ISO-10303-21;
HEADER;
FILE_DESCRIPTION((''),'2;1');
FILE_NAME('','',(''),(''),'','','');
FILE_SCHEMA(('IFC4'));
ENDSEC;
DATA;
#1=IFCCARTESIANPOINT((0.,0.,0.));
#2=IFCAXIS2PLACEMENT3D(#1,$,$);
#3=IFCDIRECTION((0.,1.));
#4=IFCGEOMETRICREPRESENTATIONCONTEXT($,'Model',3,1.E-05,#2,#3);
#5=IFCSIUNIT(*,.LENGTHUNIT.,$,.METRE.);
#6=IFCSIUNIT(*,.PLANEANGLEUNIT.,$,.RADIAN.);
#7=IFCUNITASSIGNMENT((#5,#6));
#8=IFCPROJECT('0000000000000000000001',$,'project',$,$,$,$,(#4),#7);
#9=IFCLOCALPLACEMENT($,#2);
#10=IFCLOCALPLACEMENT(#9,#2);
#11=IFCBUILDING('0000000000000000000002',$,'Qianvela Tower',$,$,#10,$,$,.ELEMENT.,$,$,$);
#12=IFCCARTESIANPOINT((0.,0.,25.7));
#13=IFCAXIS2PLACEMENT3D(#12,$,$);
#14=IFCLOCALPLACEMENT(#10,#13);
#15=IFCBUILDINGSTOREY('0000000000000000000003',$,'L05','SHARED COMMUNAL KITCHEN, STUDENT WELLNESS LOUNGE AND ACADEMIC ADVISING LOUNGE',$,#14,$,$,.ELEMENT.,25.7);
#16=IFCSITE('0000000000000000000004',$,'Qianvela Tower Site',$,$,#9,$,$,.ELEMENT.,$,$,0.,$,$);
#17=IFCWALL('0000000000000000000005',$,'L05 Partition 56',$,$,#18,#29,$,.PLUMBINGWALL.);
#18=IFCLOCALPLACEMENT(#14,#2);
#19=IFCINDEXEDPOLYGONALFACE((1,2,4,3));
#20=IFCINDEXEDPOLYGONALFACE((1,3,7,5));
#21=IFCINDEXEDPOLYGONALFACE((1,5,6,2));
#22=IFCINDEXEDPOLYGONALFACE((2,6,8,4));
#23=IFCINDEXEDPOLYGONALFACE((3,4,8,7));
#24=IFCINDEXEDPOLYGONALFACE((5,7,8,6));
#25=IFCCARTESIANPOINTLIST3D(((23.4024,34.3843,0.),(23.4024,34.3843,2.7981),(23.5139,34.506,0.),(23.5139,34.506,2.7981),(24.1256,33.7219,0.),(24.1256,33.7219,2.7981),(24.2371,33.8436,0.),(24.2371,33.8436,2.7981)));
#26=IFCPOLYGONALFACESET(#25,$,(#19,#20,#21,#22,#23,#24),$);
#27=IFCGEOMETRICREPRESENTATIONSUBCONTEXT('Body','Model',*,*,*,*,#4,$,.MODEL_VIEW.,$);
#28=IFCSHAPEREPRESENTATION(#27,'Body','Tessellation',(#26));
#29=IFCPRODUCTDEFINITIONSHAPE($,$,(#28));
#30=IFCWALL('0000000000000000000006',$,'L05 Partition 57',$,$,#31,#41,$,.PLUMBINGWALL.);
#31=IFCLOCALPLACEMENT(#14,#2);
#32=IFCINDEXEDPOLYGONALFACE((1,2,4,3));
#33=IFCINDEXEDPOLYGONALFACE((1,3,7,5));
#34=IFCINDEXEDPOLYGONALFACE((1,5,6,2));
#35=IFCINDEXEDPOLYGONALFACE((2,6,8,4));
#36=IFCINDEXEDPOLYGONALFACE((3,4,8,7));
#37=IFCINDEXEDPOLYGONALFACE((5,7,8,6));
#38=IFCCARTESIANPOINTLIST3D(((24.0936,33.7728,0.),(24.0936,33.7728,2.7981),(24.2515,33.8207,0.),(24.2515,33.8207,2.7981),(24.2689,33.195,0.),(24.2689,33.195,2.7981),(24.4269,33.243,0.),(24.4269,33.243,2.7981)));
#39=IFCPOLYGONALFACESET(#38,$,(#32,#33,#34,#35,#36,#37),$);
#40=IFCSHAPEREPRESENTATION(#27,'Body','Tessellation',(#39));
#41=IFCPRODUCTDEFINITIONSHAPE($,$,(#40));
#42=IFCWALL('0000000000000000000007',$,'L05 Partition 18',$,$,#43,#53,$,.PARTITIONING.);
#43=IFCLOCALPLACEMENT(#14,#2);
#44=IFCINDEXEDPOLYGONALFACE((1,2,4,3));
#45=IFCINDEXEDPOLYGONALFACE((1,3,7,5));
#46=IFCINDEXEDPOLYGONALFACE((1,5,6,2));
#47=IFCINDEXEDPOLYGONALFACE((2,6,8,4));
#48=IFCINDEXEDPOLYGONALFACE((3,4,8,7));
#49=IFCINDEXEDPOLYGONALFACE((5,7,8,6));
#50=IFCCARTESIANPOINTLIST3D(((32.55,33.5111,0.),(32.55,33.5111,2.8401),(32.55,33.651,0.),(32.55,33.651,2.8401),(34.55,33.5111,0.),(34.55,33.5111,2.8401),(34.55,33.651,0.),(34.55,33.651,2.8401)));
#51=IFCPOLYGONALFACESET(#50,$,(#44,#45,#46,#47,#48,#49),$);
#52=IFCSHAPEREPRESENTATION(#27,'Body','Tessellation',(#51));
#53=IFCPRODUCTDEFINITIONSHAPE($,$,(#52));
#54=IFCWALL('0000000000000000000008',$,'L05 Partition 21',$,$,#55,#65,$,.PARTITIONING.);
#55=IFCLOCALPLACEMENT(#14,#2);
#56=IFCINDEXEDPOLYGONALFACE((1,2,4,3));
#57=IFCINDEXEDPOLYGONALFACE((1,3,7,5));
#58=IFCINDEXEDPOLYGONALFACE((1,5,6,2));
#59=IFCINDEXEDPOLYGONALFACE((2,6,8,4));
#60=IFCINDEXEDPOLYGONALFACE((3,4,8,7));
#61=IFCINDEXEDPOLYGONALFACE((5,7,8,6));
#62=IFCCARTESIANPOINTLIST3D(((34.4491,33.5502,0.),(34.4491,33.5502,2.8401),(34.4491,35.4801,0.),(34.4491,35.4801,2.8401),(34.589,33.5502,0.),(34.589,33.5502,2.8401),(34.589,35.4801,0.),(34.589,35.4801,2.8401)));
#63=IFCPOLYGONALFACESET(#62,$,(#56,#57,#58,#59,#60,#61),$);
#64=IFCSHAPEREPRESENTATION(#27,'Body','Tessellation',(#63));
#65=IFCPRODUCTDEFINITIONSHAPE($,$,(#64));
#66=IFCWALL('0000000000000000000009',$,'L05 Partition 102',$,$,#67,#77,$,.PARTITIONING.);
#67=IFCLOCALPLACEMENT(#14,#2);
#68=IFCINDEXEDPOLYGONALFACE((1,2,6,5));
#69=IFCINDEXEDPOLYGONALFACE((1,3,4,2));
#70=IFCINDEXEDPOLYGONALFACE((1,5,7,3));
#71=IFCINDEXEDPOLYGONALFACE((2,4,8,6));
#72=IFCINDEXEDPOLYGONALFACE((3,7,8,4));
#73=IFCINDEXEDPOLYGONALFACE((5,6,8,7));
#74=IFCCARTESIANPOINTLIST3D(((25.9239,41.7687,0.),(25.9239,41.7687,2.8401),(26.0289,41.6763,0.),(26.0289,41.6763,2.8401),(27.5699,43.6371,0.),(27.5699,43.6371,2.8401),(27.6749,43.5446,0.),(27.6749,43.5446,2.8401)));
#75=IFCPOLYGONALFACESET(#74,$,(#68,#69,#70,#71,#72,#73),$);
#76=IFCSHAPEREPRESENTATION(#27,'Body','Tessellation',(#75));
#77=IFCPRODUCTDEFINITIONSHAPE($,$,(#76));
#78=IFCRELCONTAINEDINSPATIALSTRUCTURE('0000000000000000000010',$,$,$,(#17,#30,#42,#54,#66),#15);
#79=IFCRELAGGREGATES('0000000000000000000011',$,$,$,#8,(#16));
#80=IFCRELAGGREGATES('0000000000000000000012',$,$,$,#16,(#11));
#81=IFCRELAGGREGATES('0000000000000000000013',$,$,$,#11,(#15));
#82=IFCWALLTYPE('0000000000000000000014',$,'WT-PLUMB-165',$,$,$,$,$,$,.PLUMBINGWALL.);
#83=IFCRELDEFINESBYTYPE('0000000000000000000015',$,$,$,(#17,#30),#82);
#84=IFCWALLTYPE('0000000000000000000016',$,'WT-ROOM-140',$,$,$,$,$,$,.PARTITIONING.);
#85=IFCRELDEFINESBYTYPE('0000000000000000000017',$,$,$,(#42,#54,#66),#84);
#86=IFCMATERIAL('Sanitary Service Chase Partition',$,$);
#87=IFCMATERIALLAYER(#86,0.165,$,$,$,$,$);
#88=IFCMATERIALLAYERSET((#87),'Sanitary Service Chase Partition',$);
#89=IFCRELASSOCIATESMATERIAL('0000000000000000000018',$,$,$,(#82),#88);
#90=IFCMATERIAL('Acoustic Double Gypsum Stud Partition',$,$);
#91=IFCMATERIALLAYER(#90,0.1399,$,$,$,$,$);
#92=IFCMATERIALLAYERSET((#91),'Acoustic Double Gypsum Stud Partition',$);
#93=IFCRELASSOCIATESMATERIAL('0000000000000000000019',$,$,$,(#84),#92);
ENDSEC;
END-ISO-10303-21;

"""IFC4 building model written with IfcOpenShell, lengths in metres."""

from ifc_helpers import new_model, si_unit, direction, frame, frame_2d, origin, place, context, subcontext, project, spatial, rectangle, extrude, material, layer, layer_set, type_object, element, save


model = new_model("IFC4")

# Units and contexts
model_context = context("Model", 3, precision=1e-05, world=origin(), true_north=direction((0.0, 1.0)))
body_context = subcontext(model_context, "Body", "Model", "MODEL_VIEW")
ifc_project = project(units=[si_unit("LENGTHUNIT", "METRE"), si_unit("PLANEANGLEUNIT", "RADIAN")], contexts=[model_context])

# Site, building, storey
site_placement = place(None, origin())
site = spatial("IfcSite", under=ifc_project, at=site_placement, Name="Qianvela Tower Site", CompositionType="ELEMENT", RefElevation=0.0)
building_placement = place(site_placement, origin())
building = spatial("IfcBuilding", under=site, at=building_placement, Name="Qianvela Tower", CompositionType="ELEMENT")
storey_placement = place(building_placement, frame((0.0, 0.0, 25.7)))
storey = spatial("IfcBuildingStorey", under=building, at=storey_placement, Name="L05", Description="SHARED COMMUNAL KITCHEN, STUDENT WELLNESS LOUNGE AND ACADEMIC ADVISING LOUNGE", CompositionType="ELEMENT", Elevation=25.7)

# Walls
ifc_material_1 = material(Name="Sanitary Service Chase Partition")
ifc_layer_1 = layer(ifc_material_1, 0.165)
ifc_layer_set_1 = layer_set([ifc_layer_1], Name="Sanitary Service Chase Partition")
wall_type_1 = type_object("IfcWallType", Name="WT-PLUMB-165", PredefinedType="PLUMBINGWALL", material=ifc_layer_set_1)
wall_1_placement = place(storey_placement, frame((23.4583, 34.4451, 0.0), z_axis=(0.0, 0.0, 1.0), x_axis=(0.737423, -0.675431, 0.0)))
element("IfcWall", 1, at=wall_1_placement, inside=storey, type_object=wall_type_1, Name="L05 Partition 56", PredefinedType="PLUMBINGWALL", context=body_context, shape_type="SweptSolid", body=[
    extrude(rectangle(XDim=0.9807, YDim=0.165, at=frame_2d((0.4902, 0.0))), origin(), (0.0, 0.0, 1.0), 2.7981),
])
wall_2_placement = place(storey_placement, frame((24.1726, 33.7966, 0.0), z_axis=(0.0, 0.0, 1.0), x_axis=(0.290389, -0.956909, 0.0)))
element("IfcWall", 2, at=wall_2_placement, inside=storey, type_object=wall_type_1, Name="L05 Partition 57", PredefinedType="PLUMBINGWALL", context=body_context, shape_type="SweptSolid", body=[
    extrude(rectangle(XDim=0.6038, YDim=0.165, at=frame_2d((0.3018, 0.0))), origin(), (0.0, 0.0, 1.0), 2.7981),
])
ifc_material_2 = material(Name="Acoustic Double Gypsum Stud Partition")
ifc_layer_2 = layer(ifc_material_2, 0.1399)
ifc_layer_set_2 = layer_set([ifc_layer_2], Name="Acoustic Double Gypsum Stud Partition")
wall_type_2 = type_object("IfcWallType", Name="WT-ROOM-140", PredefinedType="PARTITIONING", material=ifc_layer_set_2)
wall_3_placement = place(storey_placement, frame((34.55, 33.5811, 0.0), z_axis=(0.0, 0.0, 1.0), x_axis=(-1.0, 0.0, 0.0)))
element("IfcWall", 3, at=wall_3_placement, inside=storey, type_object=wall_type_2, Name="L05 Partition 18", PredefinedType="PARTITIONING", context=body_context, shape_type="SweptSolid", body=[
    extrude(rectangle(XDim=2.0, YDim=0.1399, at=frame_2d((1.0, 0.0))), origin(), (0.0, 0.0, 1.0), 2.8401),
])
wall_4_placement = place(storey_placement, frame((34.519, 35.48, 0.0), z_axis=(0.0, 0.0, 1.0), x_axis=(0.0, -1.0, 0.0)))
element("IfcWall", 4, at=wall_4_placement, inside=storey, type_object=wall_type_2, Name="L05 Partition 21", PredefinedType="PARTITIONING", context=body_context, shape_type="SweptSolid", body=[
    extrude(rectangle(XDim=1.9299, YDim=0.1399, at=frame_2d((0.9648, 0.0))), origin(), (0.0, 0.0, 1.0), 2.8401),
])
wall_5_placement = place(storey_placement, frame((25.9763, 41.7224, 0.0), z_axis=(0.0, 0.0, 1.0), x_axis=(0.661034, 0.750356, 0.0)))
element("IfcWall", 5, at=wall_5_placement, inside=storey, type_object=wall_type_2, Name="L05 Partition 102", PredefinedType="PARTITIONING", context=body_context, shape_type="SweptSolid", body=[
    extrude(rectangle(XDim=2.49, YDim=0.1399, at=frame_2d((1.2451, 0.0))), origin(), (0.0, 0.0, 1.0), 2.8401),
])

save(model, "model.ifc")
